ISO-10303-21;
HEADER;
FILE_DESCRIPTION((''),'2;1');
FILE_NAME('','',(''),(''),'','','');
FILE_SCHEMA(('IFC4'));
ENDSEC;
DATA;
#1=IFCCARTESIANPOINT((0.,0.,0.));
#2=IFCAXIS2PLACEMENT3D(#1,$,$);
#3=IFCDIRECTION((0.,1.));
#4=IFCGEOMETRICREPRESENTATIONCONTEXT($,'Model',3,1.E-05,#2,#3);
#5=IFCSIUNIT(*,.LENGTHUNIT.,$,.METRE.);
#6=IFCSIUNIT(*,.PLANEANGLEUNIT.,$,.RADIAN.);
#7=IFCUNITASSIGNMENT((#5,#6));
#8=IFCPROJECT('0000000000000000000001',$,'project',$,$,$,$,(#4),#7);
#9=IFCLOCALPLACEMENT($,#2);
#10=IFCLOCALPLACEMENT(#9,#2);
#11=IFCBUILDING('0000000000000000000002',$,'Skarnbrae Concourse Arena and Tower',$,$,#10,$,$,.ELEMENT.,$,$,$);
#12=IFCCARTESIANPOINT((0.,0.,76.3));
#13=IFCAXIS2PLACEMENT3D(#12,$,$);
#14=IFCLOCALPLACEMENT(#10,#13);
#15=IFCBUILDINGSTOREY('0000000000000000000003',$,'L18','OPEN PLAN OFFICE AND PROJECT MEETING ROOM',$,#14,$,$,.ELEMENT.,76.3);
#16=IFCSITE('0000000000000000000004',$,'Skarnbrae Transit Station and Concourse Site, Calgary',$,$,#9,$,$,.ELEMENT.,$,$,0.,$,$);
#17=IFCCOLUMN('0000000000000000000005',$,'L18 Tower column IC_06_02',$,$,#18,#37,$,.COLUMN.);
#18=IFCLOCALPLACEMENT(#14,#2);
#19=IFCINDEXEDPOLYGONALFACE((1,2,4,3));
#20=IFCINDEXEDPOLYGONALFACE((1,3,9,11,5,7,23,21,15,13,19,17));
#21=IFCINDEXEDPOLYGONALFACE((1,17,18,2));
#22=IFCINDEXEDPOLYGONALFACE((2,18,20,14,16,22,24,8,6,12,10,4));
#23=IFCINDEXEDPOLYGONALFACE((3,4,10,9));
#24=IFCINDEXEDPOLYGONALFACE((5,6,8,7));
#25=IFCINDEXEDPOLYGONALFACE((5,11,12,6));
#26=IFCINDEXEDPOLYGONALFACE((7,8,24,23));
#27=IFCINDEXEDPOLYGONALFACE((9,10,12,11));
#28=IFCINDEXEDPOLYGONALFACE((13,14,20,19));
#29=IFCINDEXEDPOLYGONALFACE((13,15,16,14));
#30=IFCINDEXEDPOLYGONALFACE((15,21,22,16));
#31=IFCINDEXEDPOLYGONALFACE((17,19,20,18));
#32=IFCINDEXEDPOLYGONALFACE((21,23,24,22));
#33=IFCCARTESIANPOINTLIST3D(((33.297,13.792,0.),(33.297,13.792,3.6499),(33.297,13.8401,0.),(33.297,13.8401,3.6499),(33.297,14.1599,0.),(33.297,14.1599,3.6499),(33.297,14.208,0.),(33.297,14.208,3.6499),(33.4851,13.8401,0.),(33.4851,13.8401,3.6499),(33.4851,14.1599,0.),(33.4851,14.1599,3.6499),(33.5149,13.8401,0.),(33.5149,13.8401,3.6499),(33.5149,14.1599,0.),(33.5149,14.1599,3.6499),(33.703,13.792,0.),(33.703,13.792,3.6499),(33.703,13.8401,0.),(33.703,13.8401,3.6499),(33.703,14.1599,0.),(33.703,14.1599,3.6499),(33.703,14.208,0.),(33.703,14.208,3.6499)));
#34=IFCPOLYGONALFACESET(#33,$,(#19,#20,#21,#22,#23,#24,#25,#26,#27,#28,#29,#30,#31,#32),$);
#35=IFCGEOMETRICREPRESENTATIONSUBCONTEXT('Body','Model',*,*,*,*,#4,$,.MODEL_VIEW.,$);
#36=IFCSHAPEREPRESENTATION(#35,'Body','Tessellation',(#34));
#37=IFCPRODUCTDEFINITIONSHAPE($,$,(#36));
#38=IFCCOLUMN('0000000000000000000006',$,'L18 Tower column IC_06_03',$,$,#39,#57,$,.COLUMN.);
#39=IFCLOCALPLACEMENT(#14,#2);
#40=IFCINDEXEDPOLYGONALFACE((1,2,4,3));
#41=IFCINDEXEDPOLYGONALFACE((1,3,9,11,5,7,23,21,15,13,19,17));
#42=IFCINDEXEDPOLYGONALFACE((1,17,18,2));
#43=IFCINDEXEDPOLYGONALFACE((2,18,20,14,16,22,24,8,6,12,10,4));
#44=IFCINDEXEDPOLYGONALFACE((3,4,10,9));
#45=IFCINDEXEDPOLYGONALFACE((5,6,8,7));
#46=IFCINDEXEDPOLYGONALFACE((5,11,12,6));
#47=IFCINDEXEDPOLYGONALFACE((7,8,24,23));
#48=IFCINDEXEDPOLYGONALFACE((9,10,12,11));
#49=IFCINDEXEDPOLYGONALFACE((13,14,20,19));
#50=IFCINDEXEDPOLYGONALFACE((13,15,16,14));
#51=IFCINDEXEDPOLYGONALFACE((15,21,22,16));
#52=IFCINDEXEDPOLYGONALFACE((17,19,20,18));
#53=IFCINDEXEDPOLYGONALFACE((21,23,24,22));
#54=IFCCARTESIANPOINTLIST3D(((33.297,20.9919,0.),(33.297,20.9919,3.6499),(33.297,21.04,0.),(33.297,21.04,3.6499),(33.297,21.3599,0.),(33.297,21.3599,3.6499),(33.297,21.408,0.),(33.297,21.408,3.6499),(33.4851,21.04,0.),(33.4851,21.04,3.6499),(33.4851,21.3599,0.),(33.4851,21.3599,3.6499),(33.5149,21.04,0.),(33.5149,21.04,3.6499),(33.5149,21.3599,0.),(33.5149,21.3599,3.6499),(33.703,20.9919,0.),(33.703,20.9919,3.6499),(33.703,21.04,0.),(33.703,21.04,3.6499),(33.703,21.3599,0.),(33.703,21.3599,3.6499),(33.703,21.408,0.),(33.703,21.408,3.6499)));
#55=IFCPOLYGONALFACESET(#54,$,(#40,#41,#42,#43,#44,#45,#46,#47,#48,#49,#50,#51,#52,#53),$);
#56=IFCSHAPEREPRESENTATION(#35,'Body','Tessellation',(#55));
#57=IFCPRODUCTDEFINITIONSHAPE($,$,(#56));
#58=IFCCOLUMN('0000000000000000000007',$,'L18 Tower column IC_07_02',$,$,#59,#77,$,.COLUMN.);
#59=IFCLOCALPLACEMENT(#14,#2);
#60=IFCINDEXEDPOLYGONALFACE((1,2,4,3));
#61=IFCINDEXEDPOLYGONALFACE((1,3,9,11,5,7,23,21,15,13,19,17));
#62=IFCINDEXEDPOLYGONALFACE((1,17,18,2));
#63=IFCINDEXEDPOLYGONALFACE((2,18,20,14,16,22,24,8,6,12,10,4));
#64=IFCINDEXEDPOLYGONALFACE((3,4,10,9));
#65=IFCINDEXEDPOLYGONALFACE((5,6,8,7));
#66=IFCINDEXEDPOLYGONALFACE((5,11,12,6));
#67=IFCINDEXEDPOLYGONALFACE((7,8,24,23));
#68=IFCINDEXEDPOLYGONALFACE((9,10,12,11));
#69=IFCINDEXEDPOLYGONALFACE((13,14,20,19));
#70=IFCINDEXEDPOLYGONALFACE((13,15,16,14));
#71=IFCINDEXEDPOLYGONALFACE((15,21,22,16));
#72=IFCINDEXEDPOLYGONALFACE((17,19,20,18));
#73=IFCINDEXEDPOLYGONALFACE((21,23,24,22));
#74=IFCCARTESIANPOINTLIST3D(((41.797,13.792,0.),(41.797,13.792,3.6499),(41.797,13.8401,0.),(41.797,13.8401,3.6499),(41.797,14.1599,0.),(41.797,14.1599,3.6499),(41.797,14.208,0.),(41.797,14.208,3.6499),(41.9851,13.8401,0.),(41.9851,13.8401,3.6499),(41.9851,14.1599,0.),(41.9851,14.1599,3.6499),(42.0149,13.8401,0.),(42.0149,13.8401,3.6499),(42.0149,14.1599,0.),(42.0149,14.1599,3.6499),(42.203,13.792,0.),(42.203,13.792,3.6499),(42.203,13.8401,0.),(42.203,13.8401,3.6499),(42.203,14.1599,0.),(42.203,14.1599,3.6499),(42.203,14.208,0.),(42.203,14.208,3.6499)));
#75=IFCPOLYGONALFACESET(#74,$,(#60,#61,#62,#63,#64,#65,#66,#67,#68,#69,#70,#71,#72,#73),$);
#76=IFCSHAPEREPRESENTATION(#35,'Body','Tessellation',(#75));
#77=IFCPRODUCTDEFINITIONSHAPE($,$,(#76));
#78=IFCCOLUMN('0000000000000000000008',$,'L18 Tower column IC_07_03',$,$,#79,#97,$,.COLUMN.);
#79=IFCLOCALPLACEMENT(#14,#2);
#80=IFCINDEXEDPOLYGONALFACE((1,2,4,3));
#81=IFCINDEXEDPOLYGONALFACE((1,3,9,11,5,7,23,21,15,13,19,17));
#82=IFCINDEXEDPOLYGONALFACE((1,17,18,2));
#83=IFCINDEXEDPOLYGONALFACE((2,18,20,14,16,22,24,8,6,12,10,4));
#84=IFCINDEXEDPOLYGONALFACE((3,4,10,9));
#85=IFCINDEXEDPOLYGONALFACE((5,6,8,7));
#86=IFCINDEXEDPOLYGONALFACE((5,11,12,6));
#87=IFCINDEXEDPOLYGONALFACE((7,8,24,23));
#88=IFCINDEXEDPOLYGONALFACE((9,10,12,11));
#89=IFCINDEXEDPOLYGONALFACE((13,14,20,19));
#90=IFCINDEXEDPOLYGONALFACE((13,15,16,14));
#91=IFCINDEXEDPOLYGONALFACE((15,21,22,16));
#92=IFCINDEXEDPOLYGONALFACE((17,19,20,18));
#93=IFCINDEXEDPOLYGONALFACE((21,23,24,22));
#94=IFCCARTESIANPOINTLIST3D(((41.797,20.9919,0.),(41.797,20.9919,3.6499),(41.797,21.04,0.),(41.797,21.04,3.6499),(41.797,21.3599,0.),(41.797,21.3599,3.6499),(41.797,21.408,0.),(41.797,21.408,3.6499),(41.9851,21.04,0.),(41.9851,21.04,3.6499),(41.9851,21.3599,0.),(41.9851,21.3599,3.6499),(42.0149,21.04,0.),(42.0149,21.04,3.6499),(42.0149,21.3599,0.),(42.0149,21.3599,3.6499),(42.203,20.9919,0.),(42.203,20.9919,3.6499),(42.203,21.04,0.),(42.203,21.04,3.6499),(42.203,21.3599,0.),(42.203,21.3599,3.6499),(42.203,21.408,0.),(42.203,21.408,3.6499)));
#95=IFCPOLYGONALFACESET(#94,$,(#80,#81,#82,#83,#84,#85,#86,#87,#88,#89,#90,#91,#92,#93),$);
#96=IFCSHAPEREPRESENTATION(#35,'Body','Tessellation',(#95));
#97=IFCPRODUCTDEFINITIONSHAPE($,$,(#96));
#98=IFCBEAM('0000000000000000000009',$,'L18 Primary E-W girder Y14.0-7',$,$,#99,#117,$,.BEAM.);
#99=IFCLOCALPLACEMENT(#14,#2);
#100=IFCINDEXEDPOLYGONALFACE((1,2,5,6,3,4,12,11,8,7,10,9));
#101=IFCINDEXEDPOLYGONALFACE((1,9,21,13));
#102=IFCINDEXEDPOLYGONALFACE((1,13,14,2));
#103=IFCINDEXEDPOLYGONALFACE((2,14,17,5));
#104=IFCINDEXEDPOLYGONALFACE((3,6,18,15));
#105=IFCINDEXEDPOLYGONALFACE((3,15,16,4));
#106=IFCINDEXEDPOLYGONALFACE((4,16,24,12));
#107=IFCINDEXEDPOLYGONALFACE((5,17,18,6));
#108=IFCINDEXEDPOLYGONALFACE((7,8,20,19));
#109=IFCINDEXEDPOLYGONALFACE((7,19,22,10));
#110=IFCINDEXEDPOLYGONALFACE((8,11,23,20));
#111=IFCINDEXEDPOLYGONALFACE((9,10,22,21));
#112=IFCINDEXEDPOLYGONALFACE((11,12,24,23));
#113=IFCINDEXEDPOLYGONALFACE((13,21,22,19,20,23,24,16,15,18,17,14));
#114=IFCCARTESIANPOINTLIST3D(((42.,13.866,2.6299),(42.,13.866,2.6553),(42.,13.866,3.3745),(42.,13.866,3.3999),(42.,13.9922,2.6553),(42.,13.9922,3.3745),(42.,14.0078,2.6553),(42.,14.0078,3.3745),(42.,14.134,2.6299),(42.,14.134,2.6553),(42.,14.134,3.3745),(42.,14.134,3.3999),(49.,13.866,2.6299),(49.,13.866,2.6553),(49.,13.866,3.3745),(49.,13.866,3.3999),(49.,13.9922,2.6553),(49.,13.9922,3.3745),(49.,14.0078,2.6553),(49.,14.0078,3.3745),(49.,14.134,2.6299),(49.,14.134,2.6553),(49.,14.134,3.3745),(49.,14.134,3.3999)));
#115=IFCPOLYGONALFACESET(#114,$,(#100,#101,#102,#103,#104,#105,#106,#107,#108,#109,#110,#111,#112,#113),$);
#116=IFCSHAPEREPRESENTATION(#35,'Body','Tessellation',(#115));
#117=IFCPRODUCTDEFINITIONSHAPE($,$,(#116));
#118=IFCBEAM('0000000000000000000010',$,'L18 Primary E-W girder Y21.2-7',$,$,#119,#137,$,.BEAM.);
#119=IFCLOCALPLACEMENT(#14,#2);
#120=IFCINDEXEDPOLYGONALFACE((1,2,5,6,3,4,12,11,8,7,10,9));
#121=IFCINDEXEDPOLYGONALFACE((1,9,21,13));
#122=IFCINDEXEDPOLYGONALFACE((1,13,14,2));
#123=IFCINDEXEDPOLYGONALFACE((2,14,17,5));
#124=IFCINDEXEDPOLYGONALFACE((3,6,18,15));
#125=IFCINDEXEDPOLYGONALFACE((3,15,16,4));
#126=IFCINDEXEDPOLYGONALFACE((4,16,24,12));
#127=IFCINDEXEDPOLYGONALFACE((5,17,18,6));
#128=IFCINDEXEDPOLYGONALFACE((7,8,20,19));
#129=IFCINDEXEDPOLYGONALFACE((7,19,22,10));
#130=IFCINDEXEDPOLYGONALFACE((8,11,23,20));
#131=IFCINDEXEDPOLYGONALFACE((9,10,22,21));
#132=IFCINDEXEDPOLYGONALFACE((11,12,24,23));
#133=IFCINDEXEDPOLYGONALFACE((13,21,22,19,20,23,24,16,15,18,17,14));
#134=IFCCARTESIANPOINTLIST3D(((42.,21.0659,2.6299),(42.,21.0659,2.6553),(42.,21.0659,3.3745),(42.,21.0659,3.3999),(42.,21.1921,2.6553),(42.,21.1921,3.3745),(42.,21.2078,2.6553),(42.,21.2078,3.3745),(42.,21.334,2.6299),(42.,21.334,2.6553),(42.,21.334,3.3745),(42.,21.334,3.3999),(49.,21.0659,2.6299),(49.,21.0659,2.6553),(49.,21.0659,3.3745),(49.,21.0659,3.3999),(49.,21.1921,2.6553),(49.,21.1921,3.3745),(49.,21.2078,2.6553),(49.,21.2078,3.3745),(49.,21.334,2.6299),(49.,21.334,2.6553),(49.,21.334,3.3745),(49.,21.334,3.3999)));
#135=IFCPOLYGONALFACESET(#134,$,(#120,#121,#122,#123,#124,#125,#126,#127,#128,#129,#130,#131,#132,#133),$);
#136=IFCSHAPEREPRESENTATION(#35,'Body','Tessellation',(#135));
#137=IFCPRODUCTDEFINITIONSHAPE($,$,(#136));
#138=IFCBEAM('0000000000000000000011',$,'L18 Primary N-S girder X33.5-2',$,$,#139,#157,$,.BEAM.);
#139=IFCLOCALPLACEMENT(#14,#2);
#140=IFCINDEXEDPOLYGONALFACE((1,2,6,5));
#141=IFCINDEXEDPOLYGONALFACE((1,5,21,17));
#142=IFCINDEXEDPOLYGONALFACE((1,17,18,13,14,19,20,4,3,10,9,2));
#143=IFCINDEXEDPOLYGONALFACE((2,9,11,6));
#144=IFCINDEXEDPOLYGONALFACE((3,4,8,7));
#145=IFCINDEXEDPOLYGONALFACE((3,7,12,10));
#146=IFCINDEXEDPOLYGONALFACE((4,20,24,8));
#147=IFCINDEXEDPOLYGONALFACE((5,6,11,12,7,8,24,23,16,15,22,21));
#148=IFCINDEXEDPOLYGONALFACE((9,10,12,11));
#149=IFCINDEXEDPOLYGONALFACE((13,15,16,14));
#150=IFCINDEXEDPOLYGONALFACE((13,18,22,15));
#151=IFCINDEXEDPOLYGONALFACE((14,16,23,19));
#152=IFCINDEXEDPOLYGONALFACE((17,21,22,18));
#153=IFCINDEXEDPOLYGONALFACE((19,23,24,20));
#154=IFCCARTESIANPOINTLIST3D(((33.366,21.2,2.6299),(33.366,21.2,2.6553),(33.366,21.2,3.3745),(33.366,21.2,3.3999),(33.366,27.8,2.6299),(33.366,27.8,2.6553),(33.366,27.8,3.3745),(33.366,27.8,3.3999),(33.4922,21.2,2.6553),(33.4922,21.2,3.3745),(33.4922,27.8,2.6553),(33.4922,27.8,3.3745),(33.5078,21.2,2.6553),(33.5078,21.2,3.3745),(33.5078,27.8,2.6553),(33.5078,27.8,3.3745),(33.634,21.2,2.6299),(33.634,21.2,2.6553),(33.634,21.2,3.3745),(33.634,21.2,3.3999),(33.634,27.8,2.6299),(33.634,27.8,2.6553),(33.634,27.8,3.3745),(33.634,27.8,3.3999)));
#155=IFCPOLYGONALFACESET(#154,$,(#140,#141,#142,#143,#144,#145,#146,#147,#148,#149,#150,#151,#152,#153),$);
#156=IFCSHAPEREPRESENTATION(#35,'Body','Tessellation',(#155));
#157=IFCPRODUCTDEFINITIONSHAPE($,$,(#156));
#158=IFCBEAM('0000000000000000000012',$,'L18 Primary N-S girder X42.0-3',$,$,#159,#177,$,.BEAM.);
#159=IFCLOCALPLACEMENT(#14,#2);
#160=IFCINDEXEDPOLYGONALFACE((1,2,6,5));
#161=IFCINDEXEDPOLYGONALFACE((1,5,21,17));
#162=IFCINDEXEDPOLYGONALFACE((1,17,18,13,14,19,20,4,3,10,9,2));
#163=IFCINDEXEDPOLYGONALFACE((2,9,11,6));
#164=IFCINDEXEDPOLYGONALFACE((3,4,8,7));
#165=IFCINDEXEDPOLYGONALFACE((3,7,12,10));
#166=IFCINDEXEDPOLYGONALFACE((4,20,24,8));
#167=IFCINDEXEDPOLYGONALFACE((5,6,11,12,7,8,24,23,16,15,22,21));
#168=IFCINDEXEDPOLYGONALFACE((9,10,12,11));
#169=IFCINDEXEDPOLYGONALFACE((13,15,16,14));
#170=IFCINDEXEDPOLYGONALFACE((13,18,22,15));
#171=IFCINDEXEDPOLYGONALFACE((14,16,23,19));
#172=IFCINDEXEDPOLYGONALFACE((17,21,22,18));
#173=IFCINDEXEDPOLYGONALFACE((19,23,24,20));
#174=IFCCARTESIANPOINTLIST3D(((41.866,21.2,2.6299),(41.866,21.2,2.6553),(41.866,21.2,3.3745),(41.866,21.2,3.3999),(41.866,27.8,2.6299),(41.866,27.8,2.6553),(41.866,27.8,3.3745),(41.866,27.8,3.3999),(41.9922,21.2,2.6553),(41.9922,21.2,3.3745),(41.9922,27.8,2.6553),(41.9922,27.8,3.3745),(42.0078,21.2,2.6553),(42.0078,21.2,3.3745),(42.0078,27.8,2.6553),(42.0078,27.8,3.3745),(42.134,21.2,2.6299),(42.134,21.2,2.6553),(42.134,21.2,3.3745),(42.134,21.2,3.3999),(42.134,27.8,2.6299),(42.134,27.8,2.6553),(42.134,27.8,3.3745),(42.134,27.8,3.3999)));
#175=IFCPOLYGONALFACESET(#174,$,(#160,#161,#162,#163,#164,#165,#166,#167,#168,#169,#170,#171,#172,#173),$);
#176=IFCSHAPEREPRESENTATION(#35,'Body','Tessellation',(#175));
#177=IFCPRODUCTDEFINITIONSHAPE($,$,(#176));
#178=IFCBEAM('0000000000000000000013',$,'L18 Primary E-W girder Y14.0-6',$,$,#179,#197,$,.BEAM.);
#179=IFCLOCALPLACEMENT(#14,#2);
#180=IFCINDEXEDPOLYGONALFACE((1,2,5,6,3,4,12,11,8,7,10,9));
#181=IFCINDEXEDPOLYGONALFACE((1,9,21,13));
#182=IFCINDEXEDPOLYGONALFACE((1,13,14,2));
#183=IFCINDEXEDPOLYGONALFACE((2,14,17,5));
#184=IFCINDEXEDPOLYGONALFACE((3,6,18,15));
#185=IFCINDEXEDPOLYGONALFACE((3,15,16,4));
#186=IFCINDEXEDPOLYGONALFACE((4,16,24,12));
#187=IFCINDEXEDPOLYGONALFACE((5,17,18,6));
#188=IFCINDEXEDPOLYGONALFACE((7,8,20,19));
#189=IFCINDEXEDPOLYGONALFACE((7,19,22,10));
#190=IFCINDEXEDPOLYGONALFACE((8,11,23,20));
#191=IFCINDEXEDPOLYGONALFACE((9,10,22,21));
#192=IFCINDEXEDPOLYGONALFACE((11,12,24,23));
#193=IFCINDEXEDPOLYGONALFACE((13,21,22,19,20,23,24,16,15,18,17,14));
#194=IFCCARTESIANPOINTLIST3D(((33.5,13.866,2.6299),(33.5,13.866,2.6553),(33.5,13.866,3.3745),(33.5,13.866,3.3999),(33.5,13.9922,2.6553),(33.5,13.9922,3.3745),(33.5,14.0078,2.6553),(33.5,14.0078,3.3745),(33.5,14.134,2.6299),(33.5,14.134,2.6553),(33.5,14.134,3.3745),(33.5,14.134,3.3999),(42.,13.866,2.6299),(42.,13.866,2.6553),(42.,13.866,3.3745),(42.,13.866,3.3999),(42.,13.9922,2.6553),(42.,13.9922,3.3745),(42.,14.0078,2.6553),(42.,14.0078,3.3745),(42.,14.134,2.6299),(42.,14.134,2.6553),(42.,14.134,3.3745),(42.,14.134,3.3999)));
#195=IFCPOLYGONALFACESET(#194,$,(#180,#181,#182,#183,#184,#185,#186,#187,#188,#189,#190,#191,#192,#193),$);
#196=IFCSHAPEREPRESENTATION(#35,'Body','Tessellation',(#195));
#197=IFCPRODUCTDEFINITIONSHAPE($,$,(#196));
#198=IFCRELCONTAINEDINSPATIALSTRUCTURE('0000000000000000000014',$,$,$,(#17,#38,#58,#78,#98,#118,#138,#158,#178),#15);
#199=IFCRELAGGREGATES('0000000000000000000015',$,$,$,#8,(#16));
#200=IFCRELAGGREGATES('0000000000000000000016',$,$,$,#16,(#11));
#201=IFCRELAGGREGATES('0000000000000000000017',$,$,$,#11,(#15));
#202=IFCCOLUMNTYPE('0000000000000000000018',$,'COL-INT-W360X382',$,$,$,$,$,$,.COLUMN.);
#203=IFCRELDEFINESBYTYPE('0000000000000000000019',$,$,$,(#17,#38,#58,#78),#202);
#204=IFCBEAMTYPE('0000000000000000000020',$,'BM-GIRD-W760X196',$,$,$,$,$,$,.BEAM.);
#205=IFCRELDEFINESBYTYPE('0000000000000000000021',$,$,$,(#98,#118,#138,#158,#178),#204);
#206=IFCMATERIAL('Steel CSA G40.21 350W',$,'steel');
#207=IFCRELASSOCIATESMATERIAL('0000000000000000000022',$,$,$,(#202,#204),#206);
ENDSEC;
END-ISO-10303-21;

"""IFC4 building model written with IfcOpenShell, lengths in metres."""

from ifc_helpers import new_model, si_unit, direction, frame, origin, origin_2d, place, context, subcontext, project, spatial, i_section, extrude, source, transform, mapped, material, material_profile, profile_set, type_object, element, save


model = new_model("IFC4")

# Units and contexts
model_context = context("Model", 3, precision=1e-05, world=origin(), true_north=direction((0.0, 1.0)))
body_context = subcontext(model_context, "Body", "Model", "MODEL_VIEW")
ifc_project = project(units=[si_unit("LENGTHUNIT", "METRE"), si_unit("PLANEANGLEUNIT", "RADIAN")], contexts=[model_context])

# Site, building, storey
site_placement = place(None, origin())
site = spatial("IfcSite", under=ifc_project, at=site_placement, Name="Skarnbrae Transit Station and Concourse Site, Calgary", CompositionType="ELEMENT", RefElevation=0.0)
building_placement = place(site_placement, origin())
building = spatial("IfcBuilding", under=site, at=building_placement, Name="Skarnbrae Concourse Arena and Tower", CompositionType="ELEMENT")
storey_placement = place(building_placement, frame((0.0, 0.0, 76.3)))
storey = spatial("IfcBuildingStorey", under=building, at=storey_placement, Name="L18", Description="OPEN PLAN OFFICE AND PROJECT MEETING ROOM", CompositionType="ELEMENT", Elevation=76.3)

# Columns
ifc_material_1 = material(Name="Steel CSA G40.21 350W", Category="steel")
ifc_material_profile_1 = material_profile(ifc_material_1, i_section(OverallWidth=0.406, OverallDepth=0.416, WebThickness=0.0298, FlangeThickness=0.0481, at=origin_2d()), Name="W360X382")
ifc_profile_set_1 = profile_set([ifc_material_profile_1], Name="Steel CSA G40.21 350W")
column_type = type_object("IfcColumnType", Name="COL-INT-W360X382", PredefinedType="COLUMN", material=ifc_profile_set_1)
shared_shape_1 = source(origin(), body_context, "Body", "SweptSolid", [
    extrude(i_section(OverallWidth=0.406, OverallDepth=0.416, WebThickness=0.0298, FlangeThickness=0.0481, at=origin_2d()), origin(), (0.0, 0.0, 1.0), 3.6499),
])
for number, where, z_axis, x_axis, name in (
    (1, (33.5, 14.0, 0.0), (0.0, 0.0, 1.0), (1.0, 0.0, 0.0), "L18 Tower column IC_06_02"),
    (2, (33.5, 21.2, 0.0), (0.0, 0.0, 1.0), (1.0, 0.0, 0.0), "L18 Tower column IC_06_03"),
    (3, (42.0, 14.0, 0.0), (0.0, 0.0, 1.0), (1.0, 0.0, 0.0), "L18 Tower column IC_07_02"),
    (4, (42.0, 21.2, 0.0), (0.0, 0.0, 1.0), (1.0, 0.0, 0.0), "L18 Tower column IC_07_03"),
):
    element("IfcColumn", number, at=place(storey_placement, frame(where, z_axis=z_axis, x_axis=x_axis)), inside=storey, type_object=column_type, Name=name, PredefinedType="COLUMN", context=body_context, shape_type="MappedRepresentation", body=[
        mapped(shared_shape_1, transform((0.0, 0.0, 0.0))),
    ])

# Beams
ifc_material_profile_2 = material_profile(ifc_material_1, i_section(OverallWidth=0.2681, OverallDepth=0.77, WebThickness=0.0156, FlangeThickness=0.0254, at=origin_2d()), Name="W760X196")
ifc_profile_set_2 = profile_set([ifc_material_profile_2], Name="Steel CSA G40.21 350W")
beam_type_1 = type_object("IfcBeamType", Name="BM-GIRD-W760X196", PredefinedType="BEAM", material=ifc_profile_set_2)
shared_shape_2 = source(origin(), body_context, "Body", "SweptSolid", [
    extrude(i_section(OverallWidth=0.2681, OverallDepth=0.77, WebThickness=0.0156, FlangeThickness=0.0254, at=origin_2d()), origin(), (0.0, 0.0, 1.0), 7.0),
])
for number, where, z_axis, x_axis, name in (
    (5, (42.0, 14.0, 3.0149), (1.0, 0.0, 0.0), (0.0, 1.0, 0.0), "L18 Primary E-W girder Y14.0-7"),
    (6, (42.0, 21.2, 3.0149), (1.0, 0.0, 0.0), (0.0, 1.0, 0.0), "L18 Primary E-W girder Y21.2-7"),
):
    element("IfcBeam", number, at=place(storey_placement, frame(where, z_axis=z_axis, x_axis=x_axis)), inside=storey, type_object=beam_type_1, Name=name, PredefinedType="BEAM", context=body_context, shape_type="MappedRepresentation", body=[
        mapped(shared_shape_2, transform((0.0, 0.0, 0.0))),
    ])
shared_shape_3 = source(origin(), body_context, "Body", "SweptSolid", [
    extrude(i_section(OverallWidth=0.2681, OverallDepth=0.77, WebThickness=0.0156, FlangeThickness=0.0254, at=origin_2d()), origin(), (0.0, 0.0, 1.0), 6.6001),
])
for number, where, z_axis, x_axis, name in (
    (7, (33.5, 21.2, 3.0149), (0.0, 1.0, 0.0), (-1.0, 0.0, 0.0), "L18 Primary N-S girder X33.5-2"),
    (8, (42.0, 21.2, 3.0149), (0.0, 1.0, 0.0), (-1.0, 0.0, 0.0), "L18 Primary N-S girder X42.0-3"),
):
    element("IfcBeam", number, at=place(storey_placement, frame(where, z_axis=z_axis, x_axis=x_axis)), inside=storey, type_object=beam_type_1, Name=name, PredefinedType="BEAM", context=body_context, shape_type="MappedRepresentation", body=[
        mapped(shared_shape_3, transform((0.0, 0.0, 0.0))),
    ])
shared_shape_4 = source(origin(), body_context, "Body", "SweptSolid", [
    extrude(i_section(OverallWidth=0.2681, OverallDepth=0.77, WebThickness=0.0156, FlangeThickness=0.0254, at=origin_2d()), origin(), (0.0, 0.0, 1.0), 8.5),
])
for number, where, z_axis, x_axis, name in (
    (9, (33.5, 14.0, 3.0149), (1.0, 0.0, 0.0), (0.0, 1.0, 0.0), "L18 Primary E-W girder Y14.0-6"),
):
    element("IfcBeam", number, at=place(storey_placement, frame(where, z_axis=z_axis, x_axis=x_axis)), inside=storey, type_object=beam_type_1, Name=name, PredefinedType="BEAM", context=body_context, shape_type="MappedRepresentation", body=[
        mapped(shared_shape_4, transform((0.0, 0.0, 0.0))),
    ])

save(model, "model.ifc")
